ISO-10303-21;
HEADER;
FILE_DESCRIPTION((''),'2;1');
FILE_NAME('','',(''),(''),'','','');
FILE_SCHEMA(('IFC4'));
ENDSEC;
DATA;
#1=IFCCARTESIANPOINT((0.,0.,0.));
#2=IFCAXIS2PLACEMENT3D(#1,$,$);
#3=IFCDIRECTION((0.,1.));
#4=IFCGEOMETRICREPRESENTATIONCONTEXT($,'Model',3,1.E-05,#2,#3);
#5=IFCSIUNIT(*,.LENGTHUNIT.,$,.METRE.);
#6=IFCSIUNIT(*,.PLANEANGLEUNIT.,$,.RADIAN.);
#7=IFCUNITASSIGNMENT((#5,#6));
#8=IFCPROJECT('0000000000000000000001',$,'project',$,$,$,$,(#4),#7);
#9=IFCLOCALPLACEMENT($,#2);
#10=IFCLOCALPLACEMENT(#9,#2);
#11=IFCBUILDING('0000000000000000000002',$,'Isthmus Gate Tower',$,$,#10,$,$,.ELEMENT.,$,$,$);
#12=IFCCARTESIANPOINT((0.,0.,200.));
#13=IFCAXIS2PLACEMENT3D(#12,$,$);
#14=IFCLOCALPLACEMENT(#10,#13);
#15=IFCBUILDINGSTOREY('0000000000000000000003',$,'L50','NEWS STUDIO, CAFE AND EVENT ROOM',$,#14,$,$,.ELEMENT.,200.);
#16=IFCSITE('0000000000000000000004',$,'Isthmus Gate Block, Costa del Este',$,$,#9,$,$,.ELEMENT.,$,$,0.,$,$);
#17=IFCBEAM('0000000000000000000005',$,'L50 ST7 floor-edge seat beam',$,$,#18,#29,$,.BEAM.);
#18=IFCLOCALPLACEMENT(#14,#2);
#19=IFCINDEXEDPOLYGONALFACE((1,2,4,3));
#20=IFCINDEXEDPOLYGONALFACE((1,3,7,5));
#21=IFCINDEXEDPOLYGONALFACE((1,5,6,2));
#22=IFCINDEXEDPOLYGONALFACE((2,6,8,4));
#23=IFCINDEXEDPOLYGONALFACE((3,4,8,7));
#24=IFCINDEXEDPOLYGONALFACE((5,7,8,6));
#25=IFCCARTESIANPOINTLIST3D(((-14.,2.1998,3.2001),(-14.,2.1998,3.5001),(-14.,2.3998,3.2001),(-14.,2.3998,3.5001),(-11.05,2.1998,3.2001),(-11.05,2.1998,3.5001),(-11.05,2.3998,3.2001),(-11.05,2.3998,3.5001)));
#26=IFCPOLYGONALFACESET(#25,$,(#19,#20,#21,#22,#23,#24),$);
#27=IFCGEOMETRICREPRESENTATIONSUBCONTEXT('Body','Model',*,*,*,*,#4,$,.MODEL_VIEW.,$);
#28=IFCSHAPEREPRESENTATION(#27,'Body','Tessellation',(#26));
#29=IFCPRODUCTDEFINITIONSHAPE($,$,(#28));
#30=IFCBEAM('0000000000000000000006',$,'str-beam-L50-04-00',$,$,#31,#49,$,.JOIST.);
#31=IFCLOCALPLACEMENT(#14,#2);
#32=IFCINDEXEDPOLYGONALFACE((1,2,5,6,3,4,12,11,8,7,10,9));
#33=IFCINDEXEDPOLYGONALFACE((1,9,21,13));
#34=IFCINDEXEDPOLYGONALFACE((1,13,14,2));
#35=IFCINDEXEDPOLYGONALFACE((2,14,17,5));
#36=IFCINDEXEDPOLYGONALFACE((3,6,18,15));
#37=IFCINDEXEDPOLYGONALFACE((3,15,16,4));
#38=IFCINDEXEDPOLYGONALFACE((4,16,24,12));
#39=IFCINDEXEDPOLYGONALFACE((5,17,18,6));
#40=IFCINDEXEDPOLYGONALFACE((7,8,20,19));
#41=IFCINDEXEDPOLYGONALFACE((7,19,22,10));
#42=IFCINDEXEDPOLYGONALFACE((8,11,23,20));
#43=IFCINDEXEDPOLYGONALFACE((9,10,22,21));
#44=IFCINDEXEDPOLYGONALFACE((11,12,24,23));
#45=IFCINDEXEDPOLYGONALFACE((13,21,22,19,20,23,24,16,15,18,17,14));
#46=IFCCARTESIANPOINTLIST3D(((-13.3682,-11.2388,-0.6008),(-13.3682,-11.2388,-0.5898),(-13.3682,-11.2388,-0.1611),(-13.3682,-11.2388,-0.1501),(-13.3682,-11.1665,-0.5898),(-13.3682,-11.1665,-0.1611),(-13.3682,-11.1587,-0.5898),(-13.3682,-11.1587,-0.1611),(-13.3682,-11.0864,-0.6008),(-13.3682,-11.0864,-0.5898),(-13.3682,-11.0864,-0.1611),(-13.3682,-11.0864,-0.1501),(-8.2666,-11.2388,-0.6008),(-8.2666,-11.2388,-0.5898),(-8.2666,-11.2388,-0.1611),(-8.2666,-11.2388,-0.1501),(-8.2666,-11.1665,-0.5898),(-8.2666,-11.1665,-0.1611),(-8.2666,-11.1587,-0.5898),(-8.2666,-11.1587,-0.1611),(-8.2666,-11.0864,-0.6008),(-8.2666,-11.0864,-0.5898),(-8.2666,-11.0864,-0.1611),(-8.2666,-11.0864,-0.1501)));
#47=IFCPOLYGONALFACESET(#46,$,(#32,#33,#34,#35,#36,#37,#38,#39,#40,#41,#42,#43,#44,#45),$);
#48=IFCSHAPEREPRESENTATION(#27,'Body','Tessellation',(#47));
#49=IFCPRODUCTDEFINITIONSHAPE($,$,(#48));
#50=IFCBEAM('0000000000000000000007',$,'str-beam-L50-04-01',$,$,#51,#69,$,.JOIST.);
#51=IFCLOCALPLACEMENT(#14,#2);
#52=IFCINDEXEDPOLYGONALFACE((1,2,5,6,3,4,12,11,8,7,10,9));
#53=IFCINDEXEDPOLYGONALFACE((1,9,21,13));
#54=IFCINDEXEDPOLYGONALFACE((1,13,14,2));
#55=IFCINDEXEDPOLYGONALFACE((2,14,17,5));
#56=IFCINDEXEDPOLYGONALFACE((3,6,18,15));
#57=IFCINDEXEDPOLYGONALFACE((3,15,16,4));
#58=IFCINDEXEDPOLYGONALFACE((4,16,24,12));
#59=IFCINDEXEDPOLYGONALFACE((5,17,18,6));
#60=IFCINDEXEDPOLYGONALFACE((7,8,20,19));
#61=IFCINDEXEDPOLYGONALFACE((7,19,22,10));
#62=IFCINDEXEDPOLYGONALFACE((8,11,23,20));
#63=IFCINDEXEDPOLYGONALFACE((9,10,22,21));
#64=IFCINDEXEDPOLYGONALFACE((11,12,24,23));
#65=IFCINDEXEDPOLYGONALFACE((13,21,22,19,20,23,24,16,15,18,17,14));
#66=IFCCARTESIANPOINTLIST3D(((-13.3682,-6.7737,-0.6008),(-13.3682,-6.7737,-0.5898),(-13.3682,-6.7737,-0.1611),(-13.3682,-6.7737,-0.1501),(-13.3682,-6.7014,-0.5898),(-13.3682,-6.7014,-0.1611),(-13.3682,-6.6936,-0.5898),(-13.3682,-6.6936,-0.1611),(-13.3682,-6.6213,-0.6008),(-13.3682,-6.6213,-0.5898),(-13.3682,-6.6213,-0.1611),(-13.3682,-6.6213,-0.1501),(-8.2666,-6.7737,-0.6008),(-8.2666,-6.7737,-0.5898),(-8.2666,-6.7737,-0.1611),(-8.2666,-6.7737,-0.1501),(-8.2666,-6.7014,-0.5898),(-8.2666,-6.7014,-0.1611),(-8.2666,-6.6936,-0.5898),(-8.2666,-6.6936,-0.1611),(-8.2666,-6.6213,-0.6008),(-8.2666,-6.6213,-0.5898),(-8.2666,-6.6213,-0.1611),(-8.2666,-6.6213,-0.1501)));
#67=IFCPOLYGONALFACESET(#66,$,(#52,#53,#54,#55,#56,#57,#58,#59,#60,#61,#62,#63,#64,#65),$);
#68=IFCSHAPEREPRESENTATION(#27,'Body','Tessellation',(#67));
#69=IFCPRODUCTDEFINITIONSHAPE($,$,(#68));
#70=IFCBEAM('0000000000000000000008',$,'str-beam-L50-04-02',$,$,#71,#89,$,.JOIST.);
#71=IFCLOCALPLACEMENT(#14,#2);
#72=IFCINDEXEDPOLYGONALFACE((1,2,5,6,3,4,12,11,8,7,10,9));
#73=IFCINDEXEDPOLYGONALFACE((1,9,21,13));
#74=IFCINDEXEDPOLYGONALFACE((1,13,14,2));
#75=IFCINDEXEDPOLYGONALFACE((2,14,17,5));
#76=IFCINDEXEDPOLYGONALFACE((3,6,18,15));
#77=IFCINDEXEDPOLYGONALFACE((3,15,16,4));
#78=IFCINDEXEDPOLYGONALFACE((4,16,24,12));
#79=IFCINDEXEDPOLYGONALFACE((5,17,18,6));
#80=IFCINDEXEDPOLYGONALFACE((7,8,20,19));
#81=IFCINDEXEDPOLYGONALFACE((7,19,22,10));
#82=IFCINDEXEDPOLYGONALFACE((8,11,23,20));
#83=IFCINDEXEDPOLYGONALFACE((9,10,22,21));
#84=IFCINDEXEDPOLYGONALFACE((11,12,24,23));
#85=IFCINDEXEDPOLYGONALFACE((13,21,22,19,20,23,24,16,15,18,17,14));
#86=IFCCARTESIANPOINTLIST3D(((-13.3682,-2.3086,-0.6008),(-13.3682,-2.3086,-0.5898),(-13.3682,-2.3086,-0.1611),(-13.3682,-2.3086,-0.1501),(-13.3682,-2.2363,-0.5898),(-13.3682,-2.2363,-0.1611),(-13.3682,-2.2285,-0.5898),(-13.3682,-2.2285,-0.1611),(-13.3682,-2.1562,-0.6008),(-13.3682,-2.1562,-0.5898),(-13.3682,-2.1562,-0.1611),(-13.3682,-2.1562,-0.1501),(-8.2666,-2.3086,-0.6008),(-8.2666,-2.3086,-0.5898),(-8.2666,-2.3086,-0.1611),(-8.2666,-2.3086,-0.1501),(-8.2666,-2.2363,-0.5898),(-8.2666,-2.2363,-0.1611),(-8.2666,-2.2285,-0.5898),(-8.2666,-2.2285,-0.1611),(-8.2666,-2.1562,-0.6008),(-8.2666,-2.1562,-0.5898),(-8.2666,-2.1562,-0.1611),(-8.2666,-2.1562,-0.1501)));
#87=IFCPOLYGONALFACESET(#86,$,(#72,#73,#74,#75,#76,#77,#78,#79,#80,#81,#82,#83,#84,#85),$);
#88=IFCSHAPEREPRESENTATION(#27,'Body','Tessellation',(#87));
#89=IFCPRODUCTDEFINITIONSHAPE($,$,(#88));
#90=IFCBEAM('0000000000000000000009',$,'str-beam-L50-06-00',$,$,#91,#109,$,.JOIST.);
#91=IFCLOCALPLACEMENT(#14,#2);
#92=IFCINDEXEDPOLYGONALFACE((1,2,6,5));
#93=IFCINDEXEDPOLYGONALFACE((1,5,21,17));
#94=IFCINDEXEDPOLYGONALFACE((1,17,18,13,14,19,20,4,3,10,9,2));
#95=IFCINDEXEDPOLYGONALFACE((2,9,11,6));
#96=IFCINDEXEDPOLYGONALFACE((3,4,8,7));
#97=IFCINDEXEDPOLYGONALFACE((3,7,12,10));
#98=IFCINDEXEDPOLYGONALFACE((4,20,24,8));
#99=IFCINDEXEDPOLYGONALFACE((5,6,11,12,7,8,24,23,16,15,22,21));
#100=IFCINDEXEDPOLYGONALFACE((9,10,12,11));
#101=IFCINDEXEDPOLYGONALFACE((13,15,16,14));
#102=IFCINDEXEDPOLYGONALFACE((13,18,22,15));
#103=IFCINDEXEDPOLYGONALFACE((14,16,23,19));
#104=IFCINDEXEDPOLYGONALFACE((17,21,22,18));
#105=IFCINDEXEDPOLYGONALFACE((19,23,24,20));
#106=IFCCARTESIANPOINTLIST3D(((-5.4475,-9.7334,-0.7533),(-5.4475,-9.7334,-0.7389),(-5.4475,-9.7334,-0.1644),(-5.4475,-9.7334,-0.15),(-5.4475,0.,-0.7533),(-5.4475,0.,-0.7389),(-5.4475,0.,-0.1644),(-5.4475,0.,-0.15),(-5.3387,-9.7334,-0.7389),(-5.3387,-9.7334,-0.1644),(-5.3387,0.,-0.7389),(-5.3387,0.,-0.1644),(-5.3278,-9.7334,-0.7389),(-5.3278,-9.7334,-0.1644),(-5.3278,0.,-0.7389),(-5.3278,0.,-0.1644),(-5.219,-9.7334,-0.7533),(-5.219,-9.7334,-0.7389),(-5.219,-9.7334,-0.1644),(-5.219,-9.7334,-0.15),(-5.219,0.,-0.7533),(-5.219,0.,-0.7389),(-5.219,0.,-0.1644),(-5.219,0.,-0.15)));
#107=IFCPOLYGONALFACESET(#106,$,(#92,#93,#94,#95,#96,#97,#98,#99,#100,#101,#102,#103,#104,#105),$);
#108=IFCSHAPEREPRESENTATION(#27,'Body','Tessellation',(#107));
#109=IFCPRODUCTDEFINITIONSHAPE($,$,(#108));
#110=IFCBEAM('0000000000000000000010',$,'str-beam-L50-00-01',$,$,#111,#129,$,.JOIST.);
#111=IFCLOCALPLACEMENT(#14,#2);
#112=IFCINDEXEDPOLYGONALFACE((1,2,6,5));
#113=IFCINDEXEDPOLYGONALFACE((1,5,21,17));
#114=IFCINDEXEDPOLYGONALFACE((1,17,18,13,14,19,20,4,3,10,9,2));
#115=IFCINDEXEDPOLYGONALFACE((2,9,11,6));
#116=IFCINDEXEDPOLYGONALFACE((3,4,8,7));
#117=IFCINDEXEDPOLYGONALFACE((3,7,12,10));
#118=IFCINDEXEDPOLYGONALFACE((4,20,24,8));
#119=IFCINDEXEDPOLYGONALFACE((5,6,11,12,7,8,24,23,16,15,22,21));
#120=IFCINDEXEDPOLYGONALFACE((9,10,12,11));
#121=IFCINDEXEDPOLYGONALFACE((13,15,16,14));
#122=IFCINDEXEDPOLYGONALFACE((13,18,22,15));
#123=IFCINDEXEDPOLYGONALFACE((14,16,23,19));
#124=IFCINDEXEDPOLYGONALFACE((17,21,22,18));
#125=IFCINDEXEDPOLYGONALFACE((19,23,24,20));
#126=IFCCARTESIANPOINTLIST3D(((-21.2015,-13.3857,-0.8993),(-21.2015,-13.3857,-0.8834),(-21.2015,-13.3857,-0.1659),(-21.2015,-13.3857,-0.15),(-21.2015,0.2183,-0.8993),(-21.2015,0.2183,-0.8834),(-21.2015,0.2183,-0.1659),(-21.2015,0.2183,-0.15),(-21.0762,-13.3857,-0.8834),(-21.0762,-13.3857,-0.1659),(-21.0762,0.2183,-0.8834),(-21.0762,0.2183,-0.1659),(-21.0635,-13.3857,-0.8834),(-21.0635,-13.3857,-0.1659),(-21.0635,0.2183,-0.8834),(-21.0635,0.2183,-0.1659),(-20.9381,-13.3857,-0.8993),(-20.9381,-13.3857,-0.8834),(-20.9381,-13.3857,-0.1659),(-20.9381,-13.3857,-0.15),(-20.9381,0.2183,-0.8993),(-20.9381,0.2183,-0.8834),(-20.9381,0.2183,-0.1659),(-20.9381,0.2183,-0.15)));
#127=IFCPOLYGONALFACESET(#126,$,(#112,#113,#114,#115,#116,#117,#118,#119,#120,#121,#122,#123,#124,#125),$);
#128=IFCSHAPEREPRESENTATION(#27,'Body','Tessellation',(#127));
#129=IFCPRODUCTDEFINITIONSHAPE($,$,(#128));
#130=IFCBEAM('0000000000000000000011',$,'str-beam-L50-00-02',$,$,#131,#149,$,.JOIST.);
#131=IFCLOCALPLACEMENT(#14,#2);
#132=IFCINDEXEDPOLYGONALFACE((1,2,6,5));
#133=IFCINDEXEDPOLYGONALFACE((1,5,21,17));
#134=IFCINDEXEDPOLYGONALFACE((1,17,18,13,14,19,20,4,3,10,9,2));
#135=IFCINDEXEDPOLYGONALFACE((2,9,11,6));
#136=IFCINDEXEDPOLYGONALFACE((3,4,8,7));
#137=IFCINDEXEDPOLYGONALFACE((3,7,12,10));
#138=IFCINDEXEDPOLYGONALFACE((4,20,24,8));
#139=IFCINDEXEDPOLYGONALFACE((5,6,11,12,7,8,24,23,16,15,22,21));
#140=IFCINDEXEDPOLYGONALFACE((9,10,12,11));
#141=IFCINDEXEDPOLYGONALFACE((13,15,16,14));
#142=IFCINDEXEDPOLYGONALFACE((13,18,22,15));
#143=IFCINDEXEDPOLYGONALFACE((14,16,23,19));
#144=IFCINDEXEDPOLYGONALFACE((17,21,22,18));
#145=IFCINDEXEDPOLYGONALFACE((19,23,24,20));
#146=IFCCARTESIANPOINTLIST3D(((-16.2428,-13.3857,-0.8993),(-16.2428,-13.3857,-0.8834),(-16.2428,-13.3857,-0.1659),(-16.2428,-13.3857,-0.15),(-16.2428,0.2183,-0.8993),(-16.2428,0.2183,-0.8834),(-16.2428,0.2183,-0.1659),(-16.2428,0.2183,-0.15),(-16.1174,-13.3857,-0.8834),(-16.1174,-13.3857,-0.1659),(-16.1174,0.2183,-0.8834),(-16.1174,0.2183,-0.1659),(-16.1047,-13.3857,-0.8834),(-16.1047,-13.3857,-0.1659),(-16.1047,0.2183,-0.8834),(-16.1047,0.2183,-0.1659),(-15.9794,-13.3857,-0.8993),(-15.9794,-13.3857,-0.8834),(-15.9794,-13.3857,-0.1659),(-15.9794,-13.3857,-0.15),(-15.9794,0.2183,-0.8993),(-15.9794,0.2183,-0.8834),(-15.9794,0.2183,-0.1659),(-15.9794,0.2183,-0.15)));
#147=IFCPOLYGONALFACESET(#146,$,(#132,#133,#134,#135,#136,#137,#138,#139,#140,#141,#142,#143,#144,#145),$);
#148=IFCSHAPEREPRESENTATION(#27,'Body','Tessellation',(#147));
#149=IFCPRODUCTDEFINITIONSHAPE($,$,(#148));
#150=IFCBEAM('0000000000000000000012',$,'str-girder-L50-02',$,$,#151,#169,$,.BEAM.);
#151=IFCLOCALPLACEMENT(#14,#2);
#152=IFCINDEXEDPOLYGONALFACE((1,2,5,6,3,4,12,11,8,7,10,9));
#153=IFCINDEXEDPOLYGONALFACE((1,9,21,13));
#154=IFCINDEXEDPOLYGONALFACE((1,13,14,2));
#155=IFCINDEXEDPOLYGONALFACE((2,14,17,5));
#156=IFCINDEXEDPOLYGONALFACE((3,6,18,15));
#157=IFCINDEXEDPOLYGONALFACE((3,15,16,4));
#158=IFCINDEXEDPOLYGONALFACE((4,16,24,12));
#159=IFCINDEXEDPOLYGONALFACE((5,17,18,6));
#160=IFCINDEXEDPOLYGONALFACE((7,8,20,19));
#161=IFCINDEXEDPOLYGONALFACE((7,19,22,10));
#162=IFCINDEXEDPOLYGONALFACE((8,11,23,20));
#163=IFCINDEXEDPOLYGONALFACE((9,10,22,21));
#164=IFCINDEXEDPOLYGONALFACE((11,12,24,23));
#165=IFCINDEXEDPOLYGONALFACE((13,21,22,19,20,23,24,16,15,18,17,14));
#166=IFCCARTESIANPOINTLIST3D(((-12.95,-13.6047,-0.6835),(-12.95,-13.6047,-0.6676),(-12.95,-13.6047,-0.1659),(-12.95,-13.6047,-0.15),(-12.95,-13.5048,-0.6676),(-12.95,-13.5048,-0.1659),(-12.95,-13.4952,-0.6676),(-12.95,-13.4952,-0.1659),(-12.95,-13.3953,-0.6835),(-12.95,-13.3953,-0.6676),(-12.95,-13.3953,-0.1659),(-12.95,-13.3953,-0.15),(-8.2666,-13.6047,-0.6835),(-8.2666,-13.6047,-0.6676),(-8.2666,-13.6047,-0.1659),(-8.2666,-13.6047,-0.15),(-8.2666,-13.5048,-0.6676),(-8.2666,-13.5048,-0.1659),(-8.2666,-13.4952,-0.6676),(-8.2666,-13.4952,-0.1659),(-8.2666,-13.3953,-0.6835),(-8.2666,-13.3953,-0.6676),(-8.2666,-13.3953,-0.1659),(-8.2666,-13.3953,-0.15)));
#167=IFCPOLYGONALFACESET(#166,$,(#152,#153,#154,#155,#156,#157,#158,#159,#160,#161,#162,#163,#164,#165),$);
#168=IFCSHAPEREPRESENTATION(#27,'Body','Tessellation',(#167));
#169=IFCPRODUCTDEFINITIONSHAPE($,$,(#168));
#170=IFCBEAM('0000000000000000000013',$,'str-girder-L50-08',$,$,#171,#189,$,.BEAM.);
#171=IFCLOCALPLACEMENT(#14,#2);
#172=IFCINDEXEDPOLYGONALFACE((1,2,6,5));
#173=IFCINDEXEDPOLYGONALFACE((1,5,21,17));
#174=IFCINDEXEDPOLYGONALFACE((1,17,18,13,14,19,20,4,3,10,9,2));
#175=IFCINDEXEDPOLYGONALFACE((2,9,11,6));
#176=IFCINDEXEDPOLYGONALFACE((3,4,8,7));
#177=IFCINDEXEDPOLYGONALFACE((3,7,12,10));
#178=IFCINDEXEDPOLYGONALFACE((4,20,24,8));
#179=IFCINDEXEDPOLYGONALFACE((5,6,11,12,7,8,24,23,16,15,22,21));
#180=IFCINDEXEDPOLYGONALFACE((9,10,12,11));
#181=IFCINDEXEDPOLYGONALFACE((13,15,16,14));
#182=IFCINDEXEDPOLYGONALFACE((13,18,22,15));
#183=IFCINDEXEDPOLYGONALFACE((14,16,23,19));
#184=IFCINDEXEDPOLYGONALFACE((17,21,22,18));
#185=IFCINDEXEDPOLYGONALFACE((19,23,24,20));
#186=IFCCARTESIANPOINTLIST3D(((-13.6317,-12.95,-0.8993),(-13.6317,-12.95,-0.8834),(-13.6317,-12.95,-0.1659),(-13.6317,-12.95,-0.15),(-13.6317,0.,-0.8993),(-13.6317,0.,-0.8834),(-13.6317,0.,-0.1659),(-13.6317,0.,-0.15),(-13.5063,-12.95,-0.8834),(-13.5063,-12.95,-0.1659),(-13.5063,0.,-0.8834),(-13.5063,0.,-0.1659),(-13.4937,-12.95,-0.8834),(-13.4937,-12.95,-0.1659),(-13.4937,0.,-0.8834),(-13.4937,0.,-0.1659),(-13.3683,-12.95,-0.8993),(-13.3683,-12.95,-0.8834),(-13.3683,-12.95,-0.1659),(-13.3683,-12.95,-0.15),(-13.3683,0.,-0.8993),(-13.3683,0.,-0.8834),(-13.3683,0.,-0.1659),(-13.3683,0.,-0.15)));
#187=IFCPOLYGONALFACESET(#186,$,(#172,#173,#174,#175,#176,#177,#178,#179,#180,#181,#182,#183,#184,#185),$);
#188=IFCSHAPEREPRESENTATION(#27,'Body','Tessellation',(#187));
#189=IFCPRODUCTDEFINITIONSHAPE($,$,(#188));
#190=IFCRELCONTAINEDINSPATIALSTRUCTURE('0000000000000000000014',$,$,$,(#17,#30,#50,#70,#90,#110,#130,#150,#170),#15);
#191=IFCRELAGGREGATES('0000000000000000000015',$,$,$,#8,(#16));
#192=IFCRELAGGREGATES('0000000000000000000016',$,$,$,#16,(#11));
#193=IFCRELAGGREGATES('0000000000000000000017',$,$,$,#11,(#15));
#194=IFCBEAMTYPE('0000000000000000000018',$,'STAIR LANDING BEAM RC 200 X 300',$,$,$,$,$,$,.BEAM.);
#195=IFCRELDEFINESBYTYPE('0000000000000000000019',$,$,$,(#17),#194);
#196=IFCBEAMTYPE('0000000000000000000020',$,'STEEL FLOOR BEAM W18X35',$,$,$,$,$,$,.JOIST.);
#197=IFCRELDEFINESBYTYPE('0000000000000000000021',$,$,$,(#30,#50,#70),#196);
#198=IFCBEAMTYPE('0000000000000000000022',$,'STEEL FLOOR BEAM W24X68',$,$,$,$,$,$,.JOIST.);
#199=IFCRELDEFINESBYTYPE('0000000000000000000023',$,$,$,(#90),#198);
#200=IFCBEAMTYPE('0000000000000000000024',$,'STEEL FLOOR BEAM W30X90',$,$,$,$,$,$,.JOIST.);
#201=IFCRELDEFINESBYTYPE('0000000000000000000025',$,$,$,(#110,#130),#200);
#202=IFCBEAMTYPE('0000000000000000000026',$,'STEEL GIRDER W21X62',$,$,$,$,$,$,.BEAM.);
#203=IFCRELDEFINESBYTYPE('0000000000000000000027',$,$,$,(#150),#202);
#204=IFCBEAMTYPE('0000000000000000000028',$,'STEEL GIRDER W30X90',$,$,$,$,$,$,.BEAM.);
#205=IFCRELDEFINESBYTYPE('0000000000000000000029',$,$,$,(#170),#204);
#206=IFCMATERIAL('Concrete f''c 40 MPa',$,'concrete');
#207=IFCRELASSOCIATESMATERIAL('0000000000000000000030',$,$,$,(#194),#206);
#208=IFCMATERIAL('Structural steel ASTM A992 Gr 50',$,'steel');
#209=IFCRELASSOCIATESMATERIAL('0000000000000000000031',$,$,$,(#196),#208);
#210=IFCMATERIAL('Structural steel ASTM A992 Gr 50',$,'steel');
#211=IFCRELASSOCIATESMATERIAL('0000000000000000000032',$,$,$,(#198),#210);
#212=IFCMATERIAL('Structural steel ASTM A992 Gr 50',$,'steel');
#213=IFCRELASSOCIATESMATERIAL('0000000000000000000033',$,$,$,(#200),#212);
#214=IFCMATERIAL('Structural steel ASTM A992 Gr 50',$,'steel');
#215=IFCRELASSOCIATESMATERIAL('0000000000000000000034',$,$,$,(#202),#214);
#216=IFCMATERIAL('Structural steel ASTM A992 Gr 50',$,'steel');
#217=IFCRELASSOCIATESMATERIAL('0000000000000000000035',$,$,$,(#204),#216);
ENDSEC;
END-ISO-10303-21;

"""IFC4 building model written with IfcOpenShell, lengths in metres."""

from ifc_helpers import new_model, si_unit, direction, frame, origin, origin_2d, place, context, subcontext, project, spatial, rectangle, i_section, extrude, material, material_profile, profile_set, type_object, element, save


model = new_model("IFC4")

# Units and contexts
model_context = context("Model", 3, precision=1e-05, world=origin(), true_north=direction((0.0, 1.0)))
body_context = subcontext(model_context, "Body", "Model", "MODEL_VIEW")
ifc_project = project(units=[si_unit("LENGTHUNIT", "METRE"), si_unit("PLANEANGLEUNIT", "RADIAN")], contexts=[model_context])

# Site, building, storey
site_placement = place(None, origin())
site = spatial("IfcSite", under=ifc_project, at=site_placement, Name="Isthmus Gate Block, Costa del Este", CompositionType="ELEMENT", RefElevation=0.0)
building_placement = place(site_placement, origin())
building = spatial("IfcBuilding", under=site, at=building_placement, Name="Isthmus Gate Tower", CompositionType="ELEMENT")
storey_placement = place(building_placement, frame((0.0, 0.0, 200.0)))
storey = spatial("IfcBuildingStorey", under=building, at=storey_placement, Name="L50", Description="NEWS STUDIO, CAFE AND EVENT ROOM", CompositionType="ELEMENT", Elevation=200.0)

# Beams
ifc_material_1 = material(Name="Concrete f'c 40 MPa", Category="concrete")
ifc_material_profile_1 = material_profile(ifc_material_1, rectangle(XDim=0.2, YDim=0.3, at=origin_2d()), Name="STAIR LANDING BEAM RC 200 X 300")
ifc_profile_set_1 = profile_set([ifc_material_profile_1], Name="Concrete f'c 40 MPa")
beam_type_1 = type_object("IfcBeamType", Name="STAIR LANDING BEAM RC 200 X 300", PredefinedType="BEAM", material=ifc_profile_set_1)
beam_1_placement = place(storey_placement, frame((-14.0, 2.2998, 3.3501), z_axis=(1.0, 0.0, 0.0), x_axis=(0.0, 1.0, 0.0)))
element("IfcBeam", 1, at=beam_1_placement, inside=storey, type_object=beam_type_1, Name="L50 ST7 floor-edge seat beam", PredefinedType="BEAM", context=body_context, shape_type="SweptSolid", body=[
    extrude(rectangle(XDim=0.2, YDim=0.3, at=origin_2d()), origin(), (0.0, 0.0, 1.0), 2.95),
])
ifc_material_2 = material(Name="Structural steel ASTM A992 Gr 50", Category="steel")
ifc_material_profile_2 = material_profile(ifc_material_2, i_section(OverallWidth=0.1523, OverallDepth=0.4507, WebThickness=0.0078, FlangeThickness=0.011, at=origin_2d()), Name="W18X35")
ifc_profile_set_2 = profile_set([ifc_material_profile_2], Name="Structural steel ASTM A992 Gr 50")
beam_type_2 = type_object("IfcBeamType", Name="STEEL FLOOR BEAM W18X35", PredefinedType="JOIST", material=ifc_profile_set_2)
for number, where, z_axis, x_axis, name in (
    (2, (-13.3682, -11.1626, -0.3755), (1.0, 0.0, 0.0), (0.0, 1.0, 0.0), "str-beam-L50-04-00"),
    (3, (-13.3682, -6.6975, -0.3755), (1.0, 0.0, 0.0), (0.0, 1.0, 0.0), "str-beam-L50-04-01"),
    (4, (-13.3682, -2.2324, -0.3755), (1.0, 0.0, 0.0), (0.0, 1.0, 0.0), "str-beam-L50-04-02"),
):
    element("IfcBeam", number, at=place(storey_placement, frame(where, z_axis=z_axis, x_axis=x_axis)), inside=storey, type_object=beam_type_2, Name=name, PredefinedType="JOIST", context=body_context, shape_type="SweptSolid", body=[
        extrude(i_section(OverallWidth=0.1523, OverallDepth=0.4507, WebThickness=0.0078, FlangeThickness=0.011, at=origin_2d()), origin(), (0.0, 0.0, 1.0), 5.1016),
    ])
ifc_material_3 = material(Name="Structural steel ASTM A992 Gr 50", Category="steel")
ifc_material_profile_3 = material_profile(ifc_material_3, i_section(OverallWidth=0.2285, OverallDepth=0.6033, WebThickness=0.011, FlangeThickness=0.0144, at=origin_2d()), Name="W24X68")
ifc_profile_set_3 = profile_set([ifc_material_profile_3], Name="Structural steel ASTM A992 Gr 50")
beam_type_3 = type_object("IfcBeamType", Name="STEEL FLOOR BEAM W24X68", PredefinedType="JOIST", material=ifc_profile_set_3)
beam_2_placement = place(storey_placement, frame((-5.3333, -9.7334, -0.4517), z_axis=(0.0, 1.0, 0.0), x_axis=(-1.0, 0.0, 0.0)))
element("IfcBeam", 5, at=beam_2_placement, inside=storey, type_object=beam_type_3, Name="str-beam-L50-06-00", PredefinedType="JOIST", context=body_context, shape_type="SweptSolid", body=[
    extrude(i_section(OverallWidth=0.2285, OverallDepth=0.6033, WebThickness=0.011, FlangeThickness=0.0144, at=origin_2d()), origin(), (0.0, 0.0, 1.0), 9.7334),
])
ifc_material_4 = material(Name="Structural steel ASTM A992 Gr 50", Category="steel")
ifc_material_profile_4 = material_profile(ifc_material_4, i_section(OverallWidth=0.2634, OverallDepth=0.7493, WebThickness=0.0127, FlangeThickness=0.0159, at=origin_2d()), Name="W30X90")
ifc_profile_set_4 = profile_set([ifc_material_profile_4], Name="Structural steel ASTM A992 Gr 50")
beam_type_4 = type_object("IfcBeamType", Name="STEEL FLOOR BEAM W30X90", PredefinedType="JOIST", material=ifc_profile_set_4)
for number, where, z_axis, x_axis, name in (
    (6, (-21.0698, -13.3857, -0.5247), (0.0, 1.0, 0.0), (-1.0, 0.0, 0.0), "str-beam-L50-00-01"),
    (7, (-16.1111, -13.3857, -0.5247), (0.0, 1.0, 0.0), (-1.0, 0.0, 0.0), "str-beam-L50-00-02"),
):
    element("IfcBeam", number, at=place(storey_placement, frame(where, z_axis=z_axis, x_axis=x_axis)), inside=storey, type_object=beam_type_4, Name=name, PredefinedType="JOIST", context=body_context, shape_type="SweptSolid", body=[
        extrude(i_section(OverallWidth=0.2634, OverallDepth=0.7493, WebThickness=0.0127, FlangeThickness=0.0159, at=origin_2d()), origin(), (0.0, 0.0, 1.0), 13.604),
    ])
ifc_material_5 = material(Name="Structural steel ASTM A992 Gr 50", Category="steel")
ifc_material_profile_5 = material_profile(ifc_material_5, i_section(OverallWidth=0.2095, OverallDepth=0.5334, WebThickness=0.0095, FlangeThickness=0.0159, at=origin_2d()), Name="W21X62")
ifc_profile_set_5 = profile_set([ifc_material_profile_5], Name="Structural steel ASTM A992 Gr 50")
beam_type_5 = type_object("IfcBeamType", Name="STEEL GIRDER W21X62", PredefinedType="BEAM", material=ifc_profile_set_5)
beam_3_placement = place(storey_placement, frame((-12.95, -13.5, -0.4167), z_axis=(1.0, 0.0, 0.0), x_axis=(0.0, 1.0, 0.0)))
element("IfcBeam", 8, at=beam_3_placement, inside=storey, type_object=beam_type_5, Name="str-girder-L50-02", PredefinedType="BEAM", context=body_context, shape_type="SweptSolid", body=[
    extrude(i_section(OverallWidth=0.2095, OverallDepth=0.5334, WebThickness=0.0095, FlangeThickness=0.0159, at=origin_2d()), origin(), (0.0, 0.0, 1.0), 4.6833),
])
ifc_material_6 = material(Name="Structural steel ASTM A992 Gr 50", Category="steel")
ifc_material_profile_6 = material_profile(ifc_material_6, i_section(OverallWidth=0.2634, OverallDepth=0.7493, WebThickness=0.0127, FlangeThickness=0.0159, at=origin_2d()), Name="W30X90")
ifc_profile_set_6 = profile_set([ifc_material_profile_6], Name="Structural steel ASTM A992 Gr 50")
beam_type_6 = type_object("IfcBeamType", Name="STEEL GIRDER W30X90", PredefinedType="BEAM", material=ifc_profile_set_6)
beam_4_placement = place(storey_placement, frame((-13.5, -12.95, -0.5247), z_axis=(0.0, 1.0, 0.0), x_axis=(-1.0, 0.0, 0.0)))
element("IfcBeam", 9, at=beam_4_placement, inside=storey, type_object=beam_type_6, Name="str-girder-L50-08", PredefinedType="BEAM", context=body_context, shape_type="SweptSolid", body=[
    extrude(i_section(OverallWidth=0.2634, OverallDepth=0.7493, WebThickness=0.0127, FlangeThickness=0.0159, at=origin_2d()), origin(), (0.0, 0.0, 1.0), 12.95),
])

save(model, "model.ifc")
